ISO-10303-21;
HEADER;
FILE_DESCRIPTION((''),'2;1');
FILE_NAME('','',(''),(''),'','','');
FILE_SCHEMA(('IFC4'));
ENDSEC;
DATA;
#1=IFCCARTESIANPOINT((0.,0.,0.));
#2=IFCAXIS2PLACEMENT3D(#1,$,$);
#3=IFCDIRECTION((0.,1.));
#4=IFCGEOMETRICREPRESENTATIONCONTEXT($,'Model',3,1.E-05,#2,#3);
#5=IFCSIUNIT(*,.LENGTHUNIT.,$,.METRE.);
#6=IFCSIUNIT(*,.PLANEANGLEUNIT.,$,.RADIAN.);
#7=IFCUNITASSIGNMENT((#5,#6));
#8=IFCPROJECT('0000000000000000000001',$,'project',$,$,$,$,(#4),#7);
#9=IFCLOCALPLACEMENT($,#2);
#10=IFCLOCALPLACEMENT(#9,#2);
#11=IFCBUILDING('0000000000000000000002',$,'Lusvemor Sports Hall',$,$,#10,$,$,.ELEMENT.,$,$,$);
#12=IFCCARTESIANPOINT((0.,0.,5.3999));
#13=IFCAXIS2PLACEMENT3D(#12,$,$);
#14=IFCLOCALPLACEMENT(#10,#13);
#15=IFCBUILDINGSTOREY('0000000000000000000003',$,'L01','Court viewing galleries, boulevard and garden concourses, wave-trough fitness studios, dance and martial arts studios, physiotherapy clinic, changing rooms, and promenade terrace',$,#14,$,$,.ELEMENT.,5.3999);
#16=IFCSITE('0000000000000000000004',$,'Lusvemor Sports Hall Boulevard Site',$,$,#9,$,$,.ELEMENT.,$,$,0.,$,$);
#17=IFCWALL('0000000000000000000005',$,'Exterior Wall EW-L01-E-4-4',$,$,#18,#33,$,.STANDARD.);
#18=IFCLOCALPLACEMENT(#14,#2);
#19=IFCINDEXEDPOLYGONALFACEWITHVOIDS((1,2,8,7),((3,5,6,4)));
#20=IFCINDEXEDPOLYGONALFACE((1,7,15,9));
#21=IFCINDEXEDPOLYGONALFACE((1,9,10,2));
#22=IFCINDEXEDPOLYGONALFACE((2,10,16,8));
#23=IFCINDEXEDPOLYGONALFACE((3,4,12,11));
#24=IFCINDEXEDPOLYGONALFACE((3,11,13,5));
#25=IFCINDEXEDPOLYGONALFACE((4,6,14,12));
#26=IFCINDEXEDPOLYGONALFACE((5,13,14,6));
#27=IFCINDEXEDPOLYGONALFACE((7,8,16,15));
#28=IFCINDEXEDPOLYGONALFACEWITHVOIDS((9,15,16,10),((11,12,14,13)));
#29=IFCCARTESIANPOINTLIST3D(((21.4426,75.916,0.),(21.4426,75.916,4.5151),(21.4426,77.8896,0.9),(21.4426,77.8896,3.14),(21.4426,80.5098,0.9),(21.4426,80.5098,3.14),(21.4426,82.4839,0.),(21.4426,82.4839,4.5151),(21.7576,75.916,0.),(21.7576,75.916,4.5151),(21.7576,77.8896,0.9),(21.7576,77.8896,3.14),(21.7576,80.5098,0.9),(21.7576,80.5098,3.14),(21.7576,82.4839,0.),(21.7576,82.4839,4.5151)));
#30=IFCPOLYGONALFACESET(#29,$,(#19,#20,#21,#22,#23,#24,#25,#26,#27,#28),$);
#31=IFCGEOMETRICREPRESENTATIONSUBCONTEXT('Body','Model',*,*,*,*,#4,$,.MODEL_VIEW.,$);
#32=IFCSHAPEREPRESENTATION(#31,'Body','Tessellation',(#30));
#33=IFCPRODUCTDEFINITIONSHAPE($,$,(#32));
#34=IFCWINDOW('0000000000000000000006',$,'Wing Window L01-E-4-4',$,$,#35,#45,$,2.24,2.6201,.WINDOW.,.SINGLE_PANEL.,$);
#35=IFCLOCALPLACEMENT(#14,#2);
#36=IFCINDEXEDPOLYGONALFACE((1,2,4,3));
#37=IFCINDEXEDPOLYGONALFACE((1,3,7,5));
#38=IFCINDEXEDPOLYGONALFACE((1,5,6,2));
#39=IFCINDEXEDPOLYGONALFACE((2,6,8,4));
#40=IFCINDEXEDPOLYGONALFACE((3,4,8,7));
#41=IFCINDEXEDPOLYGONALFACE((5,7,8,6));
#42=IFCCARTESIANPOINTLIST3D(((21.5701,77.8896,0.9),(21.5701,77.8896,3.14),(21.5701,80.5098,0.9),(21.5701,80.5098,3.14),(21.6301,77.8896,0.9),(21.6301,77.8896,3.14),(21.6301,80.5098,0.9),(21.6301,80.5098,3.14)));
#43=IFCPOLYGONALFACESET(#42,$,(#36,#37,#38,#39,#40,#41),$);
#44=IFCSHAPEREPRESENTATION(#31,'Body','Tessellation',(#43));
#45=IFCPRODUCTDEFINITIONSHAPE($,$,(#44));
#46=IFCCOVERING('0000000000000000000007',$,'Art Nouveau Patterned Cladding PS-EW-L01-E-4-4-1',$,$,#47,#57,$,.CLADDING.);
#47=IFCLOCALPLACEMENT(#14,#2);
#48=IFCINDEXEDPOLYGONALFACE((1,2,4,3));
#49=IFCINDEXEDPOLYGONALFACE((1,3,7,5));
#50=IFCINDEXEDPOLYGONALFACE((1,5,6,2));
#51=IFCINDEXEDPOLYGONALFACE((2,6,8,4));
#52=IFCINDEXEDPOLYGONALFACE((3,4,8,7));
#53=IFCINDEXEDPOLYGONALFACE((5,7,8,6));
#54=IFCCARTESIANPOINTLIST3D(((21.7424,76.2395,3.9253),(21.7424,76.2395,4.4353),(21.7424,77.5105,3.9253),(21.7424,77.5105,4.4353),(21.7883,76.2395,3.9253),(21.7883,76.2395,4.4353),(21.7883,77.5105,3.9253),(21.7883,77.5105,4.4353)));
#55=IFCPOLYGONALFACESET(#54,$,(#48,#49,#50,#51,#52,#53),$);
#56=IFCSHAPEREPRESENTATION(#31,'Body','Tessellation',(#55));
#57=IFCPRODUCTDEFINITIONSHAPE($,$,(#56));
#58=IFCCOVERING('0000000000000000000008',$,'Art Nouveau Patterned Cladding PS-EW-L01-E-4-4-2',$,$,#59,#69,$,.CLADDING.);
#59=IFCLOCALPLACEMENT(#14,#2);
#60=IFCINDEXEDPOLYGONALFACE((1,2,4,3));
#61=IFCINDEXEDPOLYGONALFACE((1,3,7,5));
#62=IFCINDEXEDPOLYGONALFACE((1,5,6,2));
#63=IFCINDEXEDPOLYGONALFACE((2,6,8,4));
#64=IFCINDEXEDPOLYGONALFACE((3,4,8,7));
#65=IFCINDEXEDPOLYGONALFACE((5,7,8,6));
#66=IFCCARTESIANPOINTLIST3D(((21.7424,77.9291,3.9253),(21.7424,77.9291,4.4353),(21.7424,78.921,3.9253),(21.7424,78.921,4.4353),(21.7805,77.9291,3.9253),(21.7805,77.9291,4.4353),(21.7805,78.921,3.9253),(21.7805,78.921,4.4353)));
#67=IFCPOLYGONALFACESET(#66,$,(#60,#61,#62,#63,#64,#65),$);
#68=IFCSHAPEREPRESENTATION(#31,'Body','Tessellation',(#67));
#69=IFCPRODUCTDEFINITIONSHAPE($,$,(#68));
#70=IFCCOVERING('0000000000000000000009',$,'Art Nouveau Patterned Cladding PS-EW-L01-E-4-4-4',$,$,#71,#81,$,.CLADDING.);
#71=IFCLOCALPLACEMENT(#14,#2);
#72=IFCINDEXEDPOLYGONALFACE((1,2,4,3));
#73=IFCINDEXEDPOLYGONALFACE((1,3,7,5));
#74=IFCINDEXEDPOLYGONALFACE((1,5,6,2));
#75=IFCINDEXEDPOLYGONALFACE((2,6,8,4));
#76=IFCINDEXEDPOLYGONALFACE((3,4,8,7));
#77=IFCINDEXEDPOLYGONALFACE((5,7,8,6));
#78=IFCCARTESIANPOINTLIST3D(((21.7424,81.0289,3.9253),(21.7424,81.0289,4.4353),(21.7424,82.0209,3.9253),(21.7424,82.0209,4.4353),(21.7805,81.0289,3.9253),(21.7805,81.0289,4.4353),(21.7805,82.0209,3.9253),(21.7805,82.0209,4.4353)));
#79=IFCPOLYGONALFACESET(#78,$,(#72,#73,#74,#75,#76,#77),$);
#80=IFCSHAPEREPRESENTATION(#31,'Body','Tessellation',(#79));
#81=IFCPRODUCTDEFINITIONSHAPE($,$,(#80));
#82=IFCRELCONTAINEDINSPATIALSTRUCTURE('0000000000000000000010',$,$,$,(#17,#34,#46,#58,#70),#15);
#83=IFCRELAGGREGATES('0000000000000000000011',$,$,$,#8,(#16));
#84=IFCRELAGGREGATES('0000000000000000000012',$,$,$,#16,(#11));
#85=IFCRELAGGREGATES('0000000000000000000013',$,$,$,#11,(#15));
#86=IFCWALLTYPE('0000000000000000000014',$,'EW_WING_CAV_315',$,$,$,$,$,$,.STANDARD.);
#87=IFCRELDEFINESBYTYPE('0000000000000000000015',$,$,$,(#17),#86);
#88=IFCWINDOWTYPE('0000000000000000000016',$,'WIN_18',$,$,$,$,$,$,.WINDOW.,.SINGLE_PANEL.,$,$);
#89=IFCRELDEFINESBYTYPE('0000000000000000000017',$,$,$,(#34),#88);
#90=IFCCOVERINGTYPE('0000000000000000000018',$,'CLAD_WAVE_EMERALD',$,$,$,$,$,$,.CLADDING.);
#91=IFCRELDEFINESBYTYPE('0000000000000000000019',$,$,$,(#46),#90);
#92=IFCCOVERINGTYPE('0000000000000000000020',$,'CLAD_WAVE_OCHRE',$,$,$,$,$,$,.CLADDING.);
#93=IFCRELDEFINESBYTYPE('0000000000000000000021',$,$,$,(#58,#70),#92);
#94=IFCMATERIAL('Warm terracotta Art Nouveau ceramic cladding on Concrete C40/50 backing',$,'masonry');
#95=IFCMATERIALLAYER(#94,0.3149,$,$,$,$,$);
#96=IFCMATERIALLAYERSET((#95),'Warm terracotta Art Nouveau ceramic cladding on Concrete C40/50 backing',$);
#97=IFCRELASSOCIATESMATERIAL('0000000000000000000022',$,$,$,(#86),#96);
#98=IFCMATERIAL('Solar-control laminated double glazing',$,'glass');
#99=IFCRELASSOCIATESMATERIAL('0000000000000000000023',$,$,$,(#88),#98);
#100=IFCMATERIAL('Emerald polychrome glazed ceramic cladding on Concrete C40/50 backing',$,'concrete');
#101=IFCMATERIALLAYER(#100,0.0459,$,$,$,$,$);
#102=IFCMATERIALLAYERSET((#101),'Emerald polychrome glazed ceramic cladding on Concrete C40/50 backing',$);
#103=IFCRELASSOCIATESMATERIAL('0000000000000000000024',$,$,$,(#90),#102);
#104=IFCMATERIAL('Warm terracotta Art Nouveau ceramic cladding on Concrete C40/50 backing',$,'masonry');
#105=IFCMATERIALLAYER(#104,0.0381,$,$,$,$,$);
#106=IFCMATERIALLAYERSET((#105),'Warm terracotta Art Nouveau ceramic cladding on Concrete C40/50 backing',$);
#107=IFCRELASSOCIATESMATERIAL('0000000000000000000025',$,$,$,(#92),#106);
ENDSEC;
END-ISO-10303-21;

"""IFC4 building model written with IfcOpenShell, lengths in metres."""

from ifc_helpers import new_model, si_unit, direction, frame, frame_2d, origin, origin_2d, place, context, subcontext, project, spatial, rectangle, extrude, material, layer, layer_set, type_object, element, fill, save


model = new_model("IFC4")

# Units and contexts
model_context = context("Model", 3, precision=1e-05, world=origin(), true_north=direction((0.0, 1.0)))
body_context = subcontext(model_context, "Body", "Model", "MODEL_VIEW")
ifc_project = project(units=[si_unit("LENGTHUNIT", "METRE"), si_unit("PLANEANGLEUNIT", "RADIAN")], contexts=[model_context])

# Site, building, storey
site_placement = place(None, origin())
site = spatial("IfcSite", under=ifc_project, at=site_placement, Name="Lusvemor Sports Hall Boulevard Site", CompositionType="ELEMENT", RefElevation=0.0)
building_placement = place(site_placement, origin())
building = spatial("IfcBuilding", under=site, at=building_placement, Name="Lusvemor Sports Hall", CompositionType="ELEMENT")
storey_placement = place(building_placement, frame((0.0, 0.0, 5.3999)))
storey = spatial("IfcBuildingStorey", under=building, at=storey_placement, Name="L01", Description="Court viewing galleries, boulevard and garden concourses, wave-trough fitness studios, dance and martial arts studios, physiotherapy clinic, changing rooms, and promenade terrace", CompositionType="ELEMENT", Elevation=5.3999)

# Wall, opening, window
ifc_material_1 = material(Name="Warm terracotta Art Nouveau ceramic cladding on Concrete C40/50 backing", Category="masonry")
ifc_layer_1 = layer(ifc_material_1, 0.3149)
ifc_layer_set_1 = layer_set([ifc_layer_1], Name="Warm terracotta Art Nouveau ceramic cladding on Concrete C40/50 backing")
wall_type_1 = type_object("IfcWallType", Name="EW_WING_CAV_315", PredefinedType="STANDARD", material=ifc_layer_set_1)
wall_1_placement = place(storey_placement, frame((21.6001, 82.4839, 0.0), z_axis=(0.0, 0.0, 1.0), x_axis=(0.0, -1.0, 0.0)))
wall_1 = element("IfcWall", 1, at=wall_1_placement, inside=storey, type_object=wall_type_1, Name="Exterior Wall EW-L01-E-4-4", PredefinedType="STANDARD", context=body_context, shape_type="SweptSolid", body=[
    extrude(rectangle(XDim=6.5679, YDim=0.3149, at=frame_2d((3.2839, 0.0))), origin(), (0.0, 0.0, 1.0), 4.5151),
])
opening_1_placement = place(wall_1_placement, frame((1.9741, 0.0, 0.8999)))
opening_1 = element("IfcOpeningElement", 2, at=opening_1_placement, cuts=wall_1, PredefinedType="OPENING", context=body_context, shape_type="SweptSolid", body=[
    extrude(rectangle(XDim=2.6201, YDim=2.24, at=frame_2d((1.3101, 1.1201))), frame((0.0, 0.1575, 0.0), z_axis=(0.0, -1.0, 0.0), x_axis=(1.0, 0.0, 0.0)), (0.0, 0.0, 1.0), 0.3149),
])
ifc_material_2 = material(Name="Solar-control laminated double glazing", Category="glass")
window_type = type_object("IfcWindowType", Name="WIN_18", PartitioningType="SINGLE_PANEL", PredefinedType="WINDOW", material=ifc_material_2)
window_placement = place(opening_1_placement, origin())
window = element("IfcWindow", 3, at=window_placement, inside=storey, type_object=window_type, Name="Wing Window L01-E-4-4", OverallHeight=2.24, OverallWidth=2.6201, PartitioningType="SINGLE_PANEL", PredefinedType="WINDOW", context=body_context, shape_type="SweptSolid", body=[
    extrude(rectangle(XDim=2.6201, YDim=2.24, at=frame_2d((1.3101, 1.1201))), frame((0.0, 0.03, 0.0), z_axis=(0.0, -1.0, 0.0), x_axis=(1.0, 0.0, 0.0)), (0.0, 0.0, 1.0), 0.0601),
])
fill(opening_1, window)

# Coverings
ifc_material_3 = material(Name="Emerald polychrome glazed ceramic cladding on Concrete C40/50 backing", Category="concrete")
ifc_layer_2 = layer(ifc_material_3, 0.0459)
ifc_layer_set_2 = layer_set([ifc_layer_2], Name="Emerald polychrome glazed ceramic cladding on Concrete C40/50 backing")
covering_type_1 = type_object("IfcCoveringType", Name="CLAD_WAVE_EMERALD", PredefinedType="CLADDING", material=ifc_layer_set_2)
covering_placement = place(storey_placement, frame((21.7654, 76.875, 3.9253), z_axis=(0.0, 0.0, 1.0), x_axis=(1.0, 0.0, 0.0)))
element("IfcCovering", 4, at=covering_placement, inside=storey, type_object=covering_type_1, Name="Art Nouveau Patterned Cladding PS-EW-L01-E-4-4-1", PredefinedType="CLADDING", context=body_context, shape_type="SweptSolid", body=[
    extrude(rectangle(XDim=0.0459, YDim=1.271, at=origin_2d()), origin(), (0.0, 0.0, 1.0), 0.51),
])
ifc_material_4 = material(Name="Warm terracotta Art Nouveau ceramic cladding on Concrete C40/50 backing", Category="masonry")
ifc_layer_3 = layer(ifc_material_4, 0.0381)
ifc_layer_set_3 = layer_set([ifc_layer_3], Name="Warm terracotta Art Nouveau ceramic cladding on Concrete C40/50 backing")
covering_type_2 = type_object("IfcCoveringType", Name="CLAD_WAVE_OCHRE", PredefinedType="CLADDING", material=ifc_layer_set_3)
for number, where, z_axis, x_axis, name in (
    (5, (21.7615, 78.425, 3.9253), (0.0, 0.0, 1.0), (1.0, 0.0, 0.0), "Art Nouveau Patterned Cladding PS-EW-L01-E-4-4-2"),
    (6, (21.7615, 81.5249, 3.9253), (0.0, 0.0, 1.0), (1.0, 0.0, 0.0), "Art Nouveau Patterned Cladding PS-EW-L01-E-4-4-4"),
):
    element("IfcCovering", number, at=place(storey_placement, frame(where, z_axis=z_axis, x_axis=x_axis)), inside=storey, type_object=covering_type_2, Name=name, PredefinedType="CLADDING", context=body_context, shape_type="SweptSolid", body=[
        extrude(rectangle(XDim=0.0381, YDim=0.9919, at=origin_2d()), origin(), (0.0, 0.0, 1.0), 0.51),
    ])

save(model, "model.ifc")
